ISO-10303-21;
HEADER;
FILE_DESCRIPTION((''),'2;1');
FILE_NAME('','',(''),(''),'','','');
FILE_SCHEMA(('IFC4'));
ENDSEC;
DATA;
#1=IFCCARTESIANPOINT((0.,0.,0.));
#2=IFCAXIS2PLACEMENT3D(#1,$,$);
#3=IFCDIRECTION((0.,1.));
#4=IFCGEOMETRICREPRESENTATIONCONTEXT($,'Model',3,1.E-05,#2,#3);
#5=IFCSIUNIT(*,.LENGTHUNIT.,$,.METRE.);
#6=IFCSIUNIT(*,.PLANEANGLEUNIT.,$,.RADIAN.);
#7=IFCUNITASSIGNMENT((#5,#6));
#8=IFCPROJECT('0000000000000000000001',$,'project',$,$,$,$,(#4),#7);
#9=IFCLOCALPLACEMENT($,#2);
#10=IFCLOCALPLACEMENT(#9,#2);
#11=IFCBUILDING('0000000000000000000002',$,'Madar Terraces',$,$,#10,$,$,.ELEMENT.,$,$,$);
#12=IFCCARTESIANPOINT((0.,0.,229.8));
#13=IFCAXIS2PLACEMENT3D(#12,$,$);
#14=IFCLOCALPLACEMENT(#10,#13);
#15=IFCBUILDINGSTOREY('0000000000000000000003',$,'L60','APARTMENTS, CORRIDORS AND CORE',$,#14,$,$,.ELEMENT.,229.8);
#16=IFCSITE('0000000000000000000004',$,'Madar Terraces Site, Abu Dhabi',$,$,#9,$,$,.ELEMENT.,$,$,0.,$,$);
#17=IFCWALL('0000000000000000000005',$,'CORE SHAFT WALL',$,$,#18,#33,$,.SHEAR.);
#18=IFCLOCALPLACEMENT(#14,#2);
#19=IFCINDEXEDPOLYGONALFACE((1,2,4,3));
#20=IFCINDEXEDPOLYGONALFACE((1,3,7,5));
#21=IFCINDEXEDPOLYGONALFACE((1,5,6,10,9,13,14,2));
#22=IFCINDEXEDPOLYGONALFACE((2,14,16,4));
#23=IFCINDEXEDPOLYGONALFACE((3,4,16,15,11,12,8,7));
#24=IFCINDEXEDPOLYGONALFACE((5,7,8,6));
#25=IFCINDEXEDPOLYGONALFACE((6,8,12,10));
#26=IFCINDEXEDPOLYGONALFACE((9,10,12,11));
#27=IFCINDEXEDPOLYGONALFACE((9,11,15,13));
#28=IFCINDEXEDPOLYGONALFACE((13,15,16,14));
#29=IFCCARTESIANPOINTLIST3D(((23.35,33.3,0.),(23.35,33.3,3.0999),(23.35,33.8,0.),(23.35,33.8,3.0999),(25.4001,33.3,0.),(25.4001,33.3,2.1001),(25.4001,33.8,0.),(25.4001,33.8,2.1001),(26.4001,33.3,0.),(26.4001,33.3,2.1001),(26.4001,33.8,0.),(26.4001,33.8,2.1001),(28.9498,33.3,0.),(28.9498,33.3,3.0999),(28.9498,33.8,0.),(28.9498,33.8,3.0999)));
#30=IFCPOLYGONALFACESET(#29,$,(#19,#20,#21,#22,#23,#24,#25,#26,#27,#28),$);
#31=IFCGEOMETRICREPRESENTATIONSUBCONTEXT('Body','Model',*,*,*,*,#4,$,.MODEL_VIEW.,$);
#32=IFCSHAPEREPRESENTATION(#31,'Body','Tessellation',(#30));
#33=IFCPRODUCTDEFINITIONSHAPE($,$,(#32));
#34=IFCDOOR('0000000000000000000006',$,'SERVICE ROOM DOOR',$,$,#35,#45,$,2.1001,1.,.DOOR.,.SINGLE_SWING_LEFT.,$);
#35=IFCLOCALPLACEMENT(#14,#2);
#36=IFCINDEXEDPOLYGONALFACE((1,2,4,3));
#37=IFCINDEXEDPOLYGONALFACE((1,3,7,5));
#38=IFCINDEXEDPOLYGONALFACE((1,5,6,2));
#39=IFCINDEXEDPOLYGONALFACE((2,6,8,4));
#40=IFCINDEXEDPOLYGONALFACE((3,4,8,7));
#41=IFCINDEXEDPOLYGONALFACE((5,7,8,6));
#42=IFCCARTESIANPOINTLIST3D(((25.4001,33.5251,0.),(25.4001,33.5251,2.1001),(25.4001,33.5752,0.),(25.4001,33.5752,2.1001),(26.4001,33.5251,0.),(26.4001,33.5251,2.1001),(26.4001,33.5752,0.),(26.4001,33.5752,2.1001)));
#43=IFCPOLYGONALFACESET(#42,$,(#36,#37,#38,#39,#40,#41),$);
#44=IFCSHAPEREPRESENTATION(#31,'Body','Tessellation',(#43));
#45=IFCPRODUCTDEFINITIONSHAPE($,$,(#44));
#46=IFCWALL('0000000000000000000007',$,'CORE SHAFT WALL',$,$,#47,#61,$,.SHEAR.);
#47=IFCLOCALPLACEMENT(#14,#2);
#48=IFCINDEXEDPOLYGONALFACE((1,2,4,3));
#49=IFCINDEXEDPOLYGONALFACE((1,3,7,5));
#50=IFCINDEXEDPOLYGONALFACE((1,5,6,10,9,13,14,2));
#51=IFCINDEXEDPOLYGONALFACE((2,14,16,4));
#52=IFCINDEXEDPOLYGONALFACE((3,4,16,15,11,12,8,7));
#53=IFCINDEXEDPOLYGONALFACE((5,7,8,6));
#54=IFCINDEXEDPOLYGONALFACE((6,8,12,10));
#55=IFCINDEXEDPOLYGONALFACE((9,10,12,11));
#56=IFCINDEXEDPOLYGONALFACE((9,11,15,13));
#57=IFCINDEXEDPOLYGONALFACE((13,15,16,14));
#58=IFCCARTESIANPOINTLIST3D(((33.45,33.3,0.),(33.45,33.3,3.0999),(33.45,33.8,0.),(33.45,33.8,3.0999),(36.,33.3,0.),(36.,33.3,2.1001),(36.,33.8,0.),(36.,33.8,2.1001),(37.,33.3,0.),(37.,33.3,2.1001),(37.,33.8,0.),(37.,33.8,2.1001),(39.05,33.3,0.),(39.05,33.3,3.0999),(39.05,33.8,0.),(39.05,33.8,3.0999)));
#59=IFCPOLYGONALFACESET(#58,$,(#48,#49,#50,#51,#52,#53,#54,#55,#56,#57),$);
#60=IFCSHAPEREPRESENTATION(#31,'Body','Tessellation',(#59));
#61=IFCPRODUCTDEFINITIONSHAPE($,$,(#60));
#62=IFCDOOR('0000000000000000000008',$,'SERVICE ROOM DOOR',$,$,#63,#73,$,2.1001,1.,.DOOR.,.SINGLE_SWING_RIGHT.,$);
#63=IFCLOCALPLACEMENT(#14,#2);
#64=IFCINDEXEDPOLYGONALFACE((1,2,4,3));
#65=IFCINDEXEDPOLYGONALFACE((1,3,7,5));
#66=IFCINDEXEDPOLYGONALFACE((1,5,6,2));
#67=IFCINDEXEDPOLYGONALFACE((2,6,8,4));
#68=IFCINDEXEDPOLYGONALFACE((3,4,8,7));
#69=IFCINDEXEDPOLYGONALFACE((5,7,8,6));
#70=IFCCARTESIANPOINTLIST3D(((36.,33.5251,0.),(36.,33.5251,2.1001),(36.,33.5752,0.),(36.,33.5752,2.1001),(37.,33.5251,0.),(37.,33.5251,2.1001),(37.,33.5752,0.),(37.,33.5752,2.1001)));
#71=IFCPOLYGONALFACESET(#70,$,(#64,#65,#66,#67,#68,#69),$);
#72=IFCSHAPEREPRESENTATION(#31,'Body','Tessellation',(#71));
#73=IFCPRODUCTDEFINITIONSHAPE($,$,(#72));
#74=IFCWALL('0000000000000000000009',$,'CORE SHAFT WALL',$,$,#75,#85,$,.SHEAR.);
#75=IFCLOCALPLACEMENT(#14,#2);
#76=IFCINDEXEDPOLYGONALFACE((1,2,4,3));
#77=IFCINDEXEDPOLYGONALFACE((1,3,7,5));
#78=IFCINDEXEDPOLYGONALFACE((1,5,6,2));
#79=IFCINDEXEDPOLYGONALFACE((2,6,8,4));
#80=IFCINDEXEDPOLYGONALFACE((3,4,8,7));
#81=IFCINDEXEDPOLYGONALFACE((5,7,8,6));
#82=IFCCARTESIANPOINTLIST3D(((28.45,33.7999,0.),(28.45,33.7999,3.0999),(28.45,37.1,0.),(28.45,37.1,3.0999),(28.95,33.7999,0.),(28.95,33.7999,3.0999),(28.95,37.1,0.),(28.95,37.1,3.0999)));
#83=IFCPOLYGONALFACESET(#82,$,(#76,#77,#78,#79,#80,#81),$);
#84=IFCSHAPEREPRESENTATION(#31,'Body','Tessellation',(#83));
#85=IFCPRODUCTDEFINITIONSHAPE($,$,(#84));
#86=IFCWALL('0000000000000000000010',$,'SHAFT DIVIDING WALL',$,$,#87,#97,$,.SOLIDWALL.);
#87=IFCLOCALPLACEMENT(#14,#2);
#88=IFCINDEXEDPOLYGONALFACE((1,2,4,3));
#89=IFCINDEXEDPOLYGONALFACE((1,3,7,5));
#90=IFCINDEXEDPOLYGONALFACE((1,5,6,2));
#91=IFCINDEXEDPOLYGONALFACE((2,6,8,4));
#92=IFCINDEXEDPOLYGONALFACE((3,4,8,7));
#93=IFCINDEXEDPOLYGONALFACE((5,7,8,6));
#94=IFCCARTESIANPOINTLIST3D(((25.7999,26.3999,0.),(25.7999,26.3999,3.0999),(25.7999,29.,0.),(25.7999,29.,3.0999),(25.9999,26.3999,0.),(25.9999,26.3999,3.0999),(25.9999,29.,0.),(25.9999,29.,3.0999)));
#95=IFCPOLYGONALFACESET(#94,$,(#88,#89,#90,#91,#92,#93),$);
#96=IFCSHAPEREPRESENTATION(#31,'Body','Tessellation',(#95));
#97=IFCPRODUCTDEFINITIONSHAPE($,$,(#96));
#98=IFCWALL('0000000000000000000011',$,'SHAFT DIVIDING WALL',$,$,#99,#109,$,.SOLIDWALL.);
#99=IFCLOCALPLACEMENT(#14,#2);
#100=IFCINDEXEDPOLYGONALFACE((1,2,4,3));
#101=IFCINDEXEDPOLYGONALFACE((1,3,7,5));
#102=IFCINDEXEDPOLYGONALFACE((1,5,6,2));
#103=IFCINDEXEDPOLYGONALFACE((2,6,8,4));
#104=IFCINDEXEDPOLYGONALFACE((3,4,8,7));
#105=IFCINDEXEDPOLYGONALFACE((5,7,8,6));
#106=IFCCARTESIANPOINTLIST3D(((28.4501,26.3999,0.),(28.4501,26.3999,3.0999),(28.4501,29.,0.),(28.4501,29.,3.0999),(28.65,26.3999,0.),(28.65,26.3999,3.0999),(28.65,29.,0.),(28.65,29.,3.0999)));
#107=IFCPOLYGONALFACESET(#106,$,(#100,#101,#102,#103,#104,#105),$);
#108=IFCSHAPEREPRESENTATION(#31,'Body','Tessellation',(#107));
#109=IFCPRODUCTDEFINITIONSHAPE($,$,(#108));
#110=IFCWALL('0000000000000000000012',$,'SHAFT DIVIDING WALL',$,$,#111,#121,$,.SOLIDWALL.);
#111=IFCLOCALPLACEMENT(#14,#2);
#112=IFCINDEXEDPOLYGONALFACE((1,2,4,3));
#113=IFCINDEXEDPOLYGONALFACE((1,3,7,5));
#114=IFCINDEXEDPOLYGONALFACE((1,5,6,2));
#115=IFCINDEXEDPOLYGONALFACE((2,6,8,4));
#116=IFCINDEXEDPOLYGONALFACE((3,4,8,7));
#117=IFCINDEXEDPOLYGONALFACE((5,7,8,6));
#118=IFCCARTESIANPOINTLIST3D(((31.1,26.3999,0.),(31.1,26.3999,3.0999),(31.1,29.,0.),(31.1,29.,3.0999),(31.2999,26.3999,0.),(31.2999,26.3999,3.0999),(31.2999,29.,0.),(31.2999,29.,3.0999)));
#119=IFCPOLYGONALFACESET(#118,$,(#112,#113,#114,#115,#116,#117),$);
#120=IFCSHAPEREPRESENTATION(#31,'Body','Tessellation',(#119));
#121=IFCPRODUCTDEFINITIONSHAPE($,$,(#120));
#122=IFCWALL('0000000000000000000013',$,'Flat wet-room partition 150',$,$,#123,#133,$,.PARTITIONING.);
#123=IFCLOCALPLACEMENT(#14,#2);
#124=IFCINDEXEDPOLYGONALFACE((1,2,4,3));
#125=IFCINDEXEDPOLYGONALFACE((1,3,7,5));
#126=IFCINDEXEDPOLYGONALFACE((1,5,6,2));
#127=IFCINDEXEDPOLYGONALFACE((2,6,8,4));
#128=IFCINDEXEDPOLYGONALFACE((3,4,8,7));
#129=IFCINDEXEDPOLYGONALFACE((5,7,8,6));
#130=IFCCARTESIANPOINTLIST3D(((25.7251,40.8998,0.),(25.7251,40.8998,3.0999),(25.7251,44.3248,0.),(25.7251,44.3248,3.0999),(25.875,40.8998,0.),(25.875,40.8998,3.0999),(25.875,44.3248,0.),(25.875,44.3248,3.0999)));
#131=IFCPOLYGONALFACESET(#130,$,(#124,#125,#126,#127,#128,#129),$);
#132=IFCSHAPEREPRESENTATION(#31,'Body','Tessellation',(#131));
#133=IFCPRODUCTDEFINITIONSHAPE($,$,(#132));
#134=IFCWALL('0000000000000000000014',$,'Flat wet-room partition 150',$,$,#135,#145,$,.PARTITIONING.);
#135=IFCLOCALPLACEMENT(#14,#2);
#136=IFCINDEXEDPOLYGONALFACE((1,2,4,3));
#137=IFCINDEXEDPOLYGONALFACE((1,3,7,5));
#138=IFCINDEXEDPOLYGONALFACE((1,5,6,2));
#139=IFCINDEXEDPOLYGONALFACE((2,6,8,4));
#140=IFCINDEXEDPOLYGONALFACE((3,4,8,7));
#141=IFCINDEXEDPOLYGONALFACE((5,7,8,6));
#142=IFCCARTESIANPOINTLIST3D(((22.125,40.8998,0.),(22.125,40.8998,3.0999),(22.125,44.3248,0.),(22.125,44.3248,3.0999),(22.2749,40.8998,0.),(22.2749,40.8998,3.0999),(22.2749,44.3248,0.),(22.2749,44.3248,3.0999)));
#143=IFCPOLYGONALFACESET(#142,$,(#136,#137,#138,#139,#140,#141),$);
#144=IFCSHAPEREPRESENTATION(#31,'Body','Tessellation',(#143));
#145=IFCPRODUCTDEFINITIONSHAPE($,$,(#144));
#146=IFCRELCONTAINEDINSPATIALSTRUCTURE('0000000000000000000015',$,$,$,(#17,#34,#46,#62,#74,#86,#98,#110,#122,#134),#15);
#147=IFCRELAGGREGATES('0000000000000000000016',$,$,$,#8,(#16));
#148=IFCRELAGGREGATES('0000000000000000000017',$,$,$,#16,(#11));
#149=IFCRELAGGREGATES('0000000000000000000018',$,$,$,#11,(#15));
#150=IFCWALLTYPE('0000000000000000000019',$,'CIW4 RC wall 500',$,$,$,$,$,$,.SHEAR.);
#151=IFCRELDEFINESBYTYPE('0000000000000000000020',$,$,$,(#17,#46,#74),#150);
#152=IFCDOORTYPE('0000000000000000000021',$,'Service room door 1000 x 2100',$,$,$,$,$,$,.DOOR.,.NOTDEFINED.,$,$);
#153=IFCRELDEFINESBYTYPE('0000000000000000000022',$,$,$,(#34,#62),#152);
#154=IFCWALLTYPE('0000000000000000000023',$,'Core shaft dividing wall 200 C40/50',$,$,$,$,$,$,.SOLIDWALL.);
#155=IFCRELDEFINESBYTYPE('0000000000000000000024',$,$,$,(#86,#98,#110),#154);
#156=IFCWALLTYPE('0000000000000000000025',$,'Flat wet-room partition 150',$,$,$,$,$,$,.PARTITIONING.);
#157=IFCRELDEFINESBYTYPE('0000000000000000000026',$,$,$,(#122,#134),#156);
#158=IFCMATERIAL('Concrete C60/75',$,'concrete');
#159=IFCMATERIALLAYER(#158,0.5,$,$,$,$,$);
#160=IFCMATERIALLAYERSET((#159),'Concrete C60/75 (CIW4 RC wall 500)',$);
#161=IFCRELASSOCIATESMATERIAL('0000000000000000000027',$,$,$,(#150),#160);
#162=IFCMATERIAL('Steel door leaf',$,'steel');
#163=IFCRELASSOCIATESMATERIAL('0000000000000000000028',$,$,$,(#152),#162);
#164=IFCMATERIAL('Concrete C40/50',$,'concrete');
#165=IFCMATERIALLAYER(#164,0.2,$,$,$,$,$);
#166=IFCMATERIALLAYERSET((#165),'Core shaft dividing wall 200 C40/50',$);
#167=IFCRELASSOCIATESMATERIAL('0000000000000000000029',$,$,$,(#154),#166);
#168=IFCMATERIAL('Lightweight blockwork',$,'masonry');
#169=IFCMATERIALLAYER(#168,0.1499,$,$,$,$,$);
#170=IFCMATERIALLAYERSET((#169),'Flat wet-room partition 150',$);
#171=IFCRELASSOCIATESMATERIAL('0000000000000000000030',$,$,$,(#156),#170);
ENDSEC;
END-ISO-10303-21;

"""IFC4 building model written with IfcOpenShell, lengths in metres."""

from ifc_helpers import new_model, si_unit, direction, frame, frame_2d, origin, place, context, subcontext, project, spatial, rectangle, extrude, material, layer, layer_set, type_object, element, fill, save


model = new_model("IFC4")

# Units and contexts
model_context = context("Model", 3, precision=1e-05, world=origin(), true_north=direction((0.0, 1.0)))
body_context = subcontext(model_context, "Body", "Model", "MODEL_VIEW")
ifc_project = project(units=[si_unit("LENGTHUNIT", "METRE"), si_unit("PLANEANGLEUNIT", "RADIAN")], contexts=[model_context])

# Site, building, storey
site_placement = place(None, origin())
site = spatial("IfcSite", under=ifc_project, at=site_placement, Name="Madar Terraces Site, Abu Dhabi", CompositionType="ELEMENT", RefElevation=0.0)
building_placement = place(site_placement, origin())
building = spatial("IfcBuilding", under=site, at=building_placement, Name="Madar Terraces", CompositionType="ELEMENT")
storey_placement = place(building_placement, frame((0.0, 0.0, 229.8)))
storey = spatial("IfcBuildingStorey", under=building, at=storey_placement, Name="L60", Description="APARTMENTS, CORRIDORS AND CORE", CompositionType="ELEMENT", Elevation=229.8)

# Shared definitions
ifc_material_1 = material(Name="Concrete C60/75", Category="concrete")
ifc_layer_1 = layer(ifc_material_1, 0.5)
ifc_layer_set_1 = layer_set([ifc_layer_1], Name="Concrete C60/75 (CIW4 RC wall 500)")
wall_type_1 = type_object("IfcWallType", Name="CIW4 RC wall 500", PredefinedType="SHEAR", material=ifc_layer_set_1)

# Walls, openings, doors
wall_1_placement = place(storey_placement, frame((23.3501, 33.55, 0.0), z_axis=(0.0, 0.0, 1.0), x_axis=(1.0, 0.0, 0.0)))
wall_1 = element("IfcWall", 1, at=wall_1_placement, inside=storey, type_object=wall_type_1, Name="CORE SHAFT WALL", PredefinedType="SHEAR", context=body_context, shape_type="SweptSolid", body=[
    extrude(rectangle(XDim=5.5999, YDim=0.5, at=frame_2d((2.7998, 0.0))), origin(), (0.0, 0.0, 1.0), 3.0999),
])
opening_1_placement = place(wall_1_placement, frame((2.05, 0.0, 0.0)))
opening_1 = element("IfcOpeningElement", 2, at=opening_1_placement, cuts=wall_1, PredefinedType="OPENING", context=body_context, shape_type="SweptSolid", body=[
    extrude(rectangle(XDim=1.0, YDim=2.1001, at=frame_2d((0.5, 1.05))), frame((0.0, 0.26, 0.0), z_axis=(0.0, -1.0, 0.0), x_axis=(1.0, 0.0, 0.0)), (0.0, 0.0, 1.0), 0.52),
])
ifc_material_2 = material(Name="Steel door leaf", Category="steel")
door_type_1 = type_object("IfcDoorType", Name="Service room door 1000 x 2100", OperationType="NOTDEFINED", PredefinedType="DOOR", material=ifc_material_2)
door_1_placement = place(opening_1_placement, frame((1.0, 0.0, 0.0), z_axis=(0.0, 0.0, 1.0), x_axis=(-1.0, 0.0, 0.0)))
door_1 = element("IfcDoor", 3, at=door_1_placement, inside=storey, type_object=door_type_1, Name="SERVICE ROOM DOOR", OperationType="SINGLE_SWING_LEFT", OverallHeight=2.1001, OverallWidth=1.0, PredefinedType="DOOR", context=body_context, shape_type="SweptSolid", body=[
    extrude(rectangle(XDim=1.0, YDim=2.1001, at=frame_2d((0.5, 1.05))), frame((0.0, 0.0249, 0.0), z_axis=(0.0, -1.0, 0.0), x_axis=(1.0, 0.0, 0.0)), (0.0, 0.0, 1.0), 0.05),
])
fill(opening_1, door_1)
wall_2_placement = place(storey_placement, frame((33.45, 33.55, 0.0), z_axis=(0.0, 0.0, 1.0), x_axis=(1.0, 0.0, 0.0)))
wall_2 = element("IfcWall", 4, at=wall_2_placement, inside=storey, type_object=wall_type_1, Name="CORE SHAFT WALL", PredefinedType="SHEAR", context=body_context, shape_type="SweptSolid", body=[
    extrude(rectangle(XDim=5.6001, YDim=0.5, at=frame_2d((2.8, 0.0))), origin(), (0.0, 0.0, 1.0), 3.0999),
])
opening_2_placement = place(wall_2_placement, frame((2.55, 0.0, 0.0)))
opening_2 = element("IfcOpeningElement", 5, at=opening_2_placement, cuts=wall_2, PredefinedType="OPENING", context=body_context, shape_type="SweptSolid", body=[
    extrude(rectangle(XDim=1.0, YDim=2.1001, at=frame_2d((0.5, 1.05))), frame((0.0, 0.26, 0.0), z_axis=(0.0, -1.0, 0.0), x_axis=(1.0, 0.0, 0.0)), (0.0, 0.0, 1.0), 0.52),
])
door_2_placement = place(opening_2_placement, frame((1.0, 0.0, 0.0), z_axis=(0.0, 0.0, 1.0), x_axis=(-1.0, 0.0, 0.0)))
door_2 = element("IfcDoor", 6, at=door_2_placement, inside=storey, type_object=door_type_1, Name="SERVICE ROOM DOOR", OperationType="SINGLE_SWING_RIGHT", OverallHeight=2.1001, OverallWidth=1.0, PredefinedType="DOOR", context=body_context, shape_type="SweptSolid", body=[
    extrude(rectangle(XDim=1.0, YDim=2.1001, at=frame_2d((0.5, 1.05))), frame((0.0, 0.0249, 0.0), z_axis=(0.0, -1.0, 0.0), x_axis=(1.0, 0.0, 0.0)), (0.0, 0.0, 1.0), 0.05),
])
fill(opening_2, door_2)

# Walls
wall_3_placement = place(storey_placement, frame((28.7, 33.8, 0.0), z_axis=(0.0, 0.0, 1.0), x_axis=(0.0, 1.0, 0.0)))
element("IfcWall", 7, at=wall_3_placement, inside=storey, type_object=wall_type_1, Name="CORE SHAFT WALL", PredefinedType="SHEAR", context=body_context, shape_type="SweptSolid", body=[
    extrude(rectangle(XDim=3.3, YDim=0.5, at=frame_2d((1.6499, 0.0))), origin(), (0.0, 0.0, 1.0), 3.0999),
])
ifc_material_3 = material(Name="Concrete C40/50", Category="concrete")
ifc_layer_2 = layer(ifc_material_3, 0.2)
ifc_layer_set_2 = layer_set([ifc_layer_2], Name="Core shaft dividing wall 200 C40/50")
wall_type_2 = type_object("IfcWallType", Name="Core shaft dividing wall 200 C40/50", PredefinedType="SOLIDWALL", material=ifc_layer_set_2)
for number, where, z_axis, x_axis, name in (
    (8, (25.8999, 26.3999, 0.0), (0.0, 0.0, 1.0), (0.0, 1.0, 0.0), "SHAFT DIVIDING WALL"),
    (9, (28.55, 26.3999, 0.0), (0.0, 0.0, 1.0), (0.0, 1.0, 0.0), "SHAFT DIVIDING WALL"),
    (10, (31.2, 26.3999, 0.0), (0.0, 0.0, 1.0), (0.0, 1.0, 0.0), "SHAFT DIVIDING WALL"),
):
    element("IfcWall", number, at=place(storey_placement, frame(where, z_axis=z_axis, x_axis=x_axis)), inside=storey, type_object=wall_type_2, Name=name, PredefinedType="SOLIDWALL", context=body_context, shape_type="SweptSolid", body=[
        extrude(rectangle(XDim=2.6001, YDim=0.2, at=frame_2d((1.3, 0.0))), origin(), (0.0, 0.0, 1.0), 3.0999),
    ])
ifc_material_4 = material(Name="Lightweight blockwork", Category="masonry")
ifc_layer_3 = layer(ifc_material_4, 0.1499)
ifc_layer_set_3 = layer_set([ifc_layer_3], Name="Flat wet-room partition 150")
wall_type_3 = type_object("IfcWallType", Name="Flat wet-room partition 150", PredefinedType="PARTITIONING", material=ifc_layer_set_3)
for number, where, z_axis, x_axis, name in (
    (11, (25.8, 40.8999, 0.0), (0.0, 0.0, 1.0), (0.0, 1.0, 0.0), "Flat wet-room partition 150"),
    (12, (22.2, 40.8999, 0.0), (0.0, 0.0, 1.0), (0.0, 1.0, 0.0), "Flat wet-room partition 150"),
):
    element("IfcWall", number, at=place(storey_placement, frame(where, z_axis=z_axis, x_axis=x_axis)), inside=storey, type_object=wall_type_3, Name=name, PredefinedType="PARTITIONING", context=body_context, shape_type="SweptSolid", body=[
        extrude(rectangle(XDim=3.425, YDim=0.1499, at=frame_2d((1.7124, 0.0))), origin(), (0.0, 0.0, 1.0), 3.0999),
    ])

save(model, "model.ifc")
